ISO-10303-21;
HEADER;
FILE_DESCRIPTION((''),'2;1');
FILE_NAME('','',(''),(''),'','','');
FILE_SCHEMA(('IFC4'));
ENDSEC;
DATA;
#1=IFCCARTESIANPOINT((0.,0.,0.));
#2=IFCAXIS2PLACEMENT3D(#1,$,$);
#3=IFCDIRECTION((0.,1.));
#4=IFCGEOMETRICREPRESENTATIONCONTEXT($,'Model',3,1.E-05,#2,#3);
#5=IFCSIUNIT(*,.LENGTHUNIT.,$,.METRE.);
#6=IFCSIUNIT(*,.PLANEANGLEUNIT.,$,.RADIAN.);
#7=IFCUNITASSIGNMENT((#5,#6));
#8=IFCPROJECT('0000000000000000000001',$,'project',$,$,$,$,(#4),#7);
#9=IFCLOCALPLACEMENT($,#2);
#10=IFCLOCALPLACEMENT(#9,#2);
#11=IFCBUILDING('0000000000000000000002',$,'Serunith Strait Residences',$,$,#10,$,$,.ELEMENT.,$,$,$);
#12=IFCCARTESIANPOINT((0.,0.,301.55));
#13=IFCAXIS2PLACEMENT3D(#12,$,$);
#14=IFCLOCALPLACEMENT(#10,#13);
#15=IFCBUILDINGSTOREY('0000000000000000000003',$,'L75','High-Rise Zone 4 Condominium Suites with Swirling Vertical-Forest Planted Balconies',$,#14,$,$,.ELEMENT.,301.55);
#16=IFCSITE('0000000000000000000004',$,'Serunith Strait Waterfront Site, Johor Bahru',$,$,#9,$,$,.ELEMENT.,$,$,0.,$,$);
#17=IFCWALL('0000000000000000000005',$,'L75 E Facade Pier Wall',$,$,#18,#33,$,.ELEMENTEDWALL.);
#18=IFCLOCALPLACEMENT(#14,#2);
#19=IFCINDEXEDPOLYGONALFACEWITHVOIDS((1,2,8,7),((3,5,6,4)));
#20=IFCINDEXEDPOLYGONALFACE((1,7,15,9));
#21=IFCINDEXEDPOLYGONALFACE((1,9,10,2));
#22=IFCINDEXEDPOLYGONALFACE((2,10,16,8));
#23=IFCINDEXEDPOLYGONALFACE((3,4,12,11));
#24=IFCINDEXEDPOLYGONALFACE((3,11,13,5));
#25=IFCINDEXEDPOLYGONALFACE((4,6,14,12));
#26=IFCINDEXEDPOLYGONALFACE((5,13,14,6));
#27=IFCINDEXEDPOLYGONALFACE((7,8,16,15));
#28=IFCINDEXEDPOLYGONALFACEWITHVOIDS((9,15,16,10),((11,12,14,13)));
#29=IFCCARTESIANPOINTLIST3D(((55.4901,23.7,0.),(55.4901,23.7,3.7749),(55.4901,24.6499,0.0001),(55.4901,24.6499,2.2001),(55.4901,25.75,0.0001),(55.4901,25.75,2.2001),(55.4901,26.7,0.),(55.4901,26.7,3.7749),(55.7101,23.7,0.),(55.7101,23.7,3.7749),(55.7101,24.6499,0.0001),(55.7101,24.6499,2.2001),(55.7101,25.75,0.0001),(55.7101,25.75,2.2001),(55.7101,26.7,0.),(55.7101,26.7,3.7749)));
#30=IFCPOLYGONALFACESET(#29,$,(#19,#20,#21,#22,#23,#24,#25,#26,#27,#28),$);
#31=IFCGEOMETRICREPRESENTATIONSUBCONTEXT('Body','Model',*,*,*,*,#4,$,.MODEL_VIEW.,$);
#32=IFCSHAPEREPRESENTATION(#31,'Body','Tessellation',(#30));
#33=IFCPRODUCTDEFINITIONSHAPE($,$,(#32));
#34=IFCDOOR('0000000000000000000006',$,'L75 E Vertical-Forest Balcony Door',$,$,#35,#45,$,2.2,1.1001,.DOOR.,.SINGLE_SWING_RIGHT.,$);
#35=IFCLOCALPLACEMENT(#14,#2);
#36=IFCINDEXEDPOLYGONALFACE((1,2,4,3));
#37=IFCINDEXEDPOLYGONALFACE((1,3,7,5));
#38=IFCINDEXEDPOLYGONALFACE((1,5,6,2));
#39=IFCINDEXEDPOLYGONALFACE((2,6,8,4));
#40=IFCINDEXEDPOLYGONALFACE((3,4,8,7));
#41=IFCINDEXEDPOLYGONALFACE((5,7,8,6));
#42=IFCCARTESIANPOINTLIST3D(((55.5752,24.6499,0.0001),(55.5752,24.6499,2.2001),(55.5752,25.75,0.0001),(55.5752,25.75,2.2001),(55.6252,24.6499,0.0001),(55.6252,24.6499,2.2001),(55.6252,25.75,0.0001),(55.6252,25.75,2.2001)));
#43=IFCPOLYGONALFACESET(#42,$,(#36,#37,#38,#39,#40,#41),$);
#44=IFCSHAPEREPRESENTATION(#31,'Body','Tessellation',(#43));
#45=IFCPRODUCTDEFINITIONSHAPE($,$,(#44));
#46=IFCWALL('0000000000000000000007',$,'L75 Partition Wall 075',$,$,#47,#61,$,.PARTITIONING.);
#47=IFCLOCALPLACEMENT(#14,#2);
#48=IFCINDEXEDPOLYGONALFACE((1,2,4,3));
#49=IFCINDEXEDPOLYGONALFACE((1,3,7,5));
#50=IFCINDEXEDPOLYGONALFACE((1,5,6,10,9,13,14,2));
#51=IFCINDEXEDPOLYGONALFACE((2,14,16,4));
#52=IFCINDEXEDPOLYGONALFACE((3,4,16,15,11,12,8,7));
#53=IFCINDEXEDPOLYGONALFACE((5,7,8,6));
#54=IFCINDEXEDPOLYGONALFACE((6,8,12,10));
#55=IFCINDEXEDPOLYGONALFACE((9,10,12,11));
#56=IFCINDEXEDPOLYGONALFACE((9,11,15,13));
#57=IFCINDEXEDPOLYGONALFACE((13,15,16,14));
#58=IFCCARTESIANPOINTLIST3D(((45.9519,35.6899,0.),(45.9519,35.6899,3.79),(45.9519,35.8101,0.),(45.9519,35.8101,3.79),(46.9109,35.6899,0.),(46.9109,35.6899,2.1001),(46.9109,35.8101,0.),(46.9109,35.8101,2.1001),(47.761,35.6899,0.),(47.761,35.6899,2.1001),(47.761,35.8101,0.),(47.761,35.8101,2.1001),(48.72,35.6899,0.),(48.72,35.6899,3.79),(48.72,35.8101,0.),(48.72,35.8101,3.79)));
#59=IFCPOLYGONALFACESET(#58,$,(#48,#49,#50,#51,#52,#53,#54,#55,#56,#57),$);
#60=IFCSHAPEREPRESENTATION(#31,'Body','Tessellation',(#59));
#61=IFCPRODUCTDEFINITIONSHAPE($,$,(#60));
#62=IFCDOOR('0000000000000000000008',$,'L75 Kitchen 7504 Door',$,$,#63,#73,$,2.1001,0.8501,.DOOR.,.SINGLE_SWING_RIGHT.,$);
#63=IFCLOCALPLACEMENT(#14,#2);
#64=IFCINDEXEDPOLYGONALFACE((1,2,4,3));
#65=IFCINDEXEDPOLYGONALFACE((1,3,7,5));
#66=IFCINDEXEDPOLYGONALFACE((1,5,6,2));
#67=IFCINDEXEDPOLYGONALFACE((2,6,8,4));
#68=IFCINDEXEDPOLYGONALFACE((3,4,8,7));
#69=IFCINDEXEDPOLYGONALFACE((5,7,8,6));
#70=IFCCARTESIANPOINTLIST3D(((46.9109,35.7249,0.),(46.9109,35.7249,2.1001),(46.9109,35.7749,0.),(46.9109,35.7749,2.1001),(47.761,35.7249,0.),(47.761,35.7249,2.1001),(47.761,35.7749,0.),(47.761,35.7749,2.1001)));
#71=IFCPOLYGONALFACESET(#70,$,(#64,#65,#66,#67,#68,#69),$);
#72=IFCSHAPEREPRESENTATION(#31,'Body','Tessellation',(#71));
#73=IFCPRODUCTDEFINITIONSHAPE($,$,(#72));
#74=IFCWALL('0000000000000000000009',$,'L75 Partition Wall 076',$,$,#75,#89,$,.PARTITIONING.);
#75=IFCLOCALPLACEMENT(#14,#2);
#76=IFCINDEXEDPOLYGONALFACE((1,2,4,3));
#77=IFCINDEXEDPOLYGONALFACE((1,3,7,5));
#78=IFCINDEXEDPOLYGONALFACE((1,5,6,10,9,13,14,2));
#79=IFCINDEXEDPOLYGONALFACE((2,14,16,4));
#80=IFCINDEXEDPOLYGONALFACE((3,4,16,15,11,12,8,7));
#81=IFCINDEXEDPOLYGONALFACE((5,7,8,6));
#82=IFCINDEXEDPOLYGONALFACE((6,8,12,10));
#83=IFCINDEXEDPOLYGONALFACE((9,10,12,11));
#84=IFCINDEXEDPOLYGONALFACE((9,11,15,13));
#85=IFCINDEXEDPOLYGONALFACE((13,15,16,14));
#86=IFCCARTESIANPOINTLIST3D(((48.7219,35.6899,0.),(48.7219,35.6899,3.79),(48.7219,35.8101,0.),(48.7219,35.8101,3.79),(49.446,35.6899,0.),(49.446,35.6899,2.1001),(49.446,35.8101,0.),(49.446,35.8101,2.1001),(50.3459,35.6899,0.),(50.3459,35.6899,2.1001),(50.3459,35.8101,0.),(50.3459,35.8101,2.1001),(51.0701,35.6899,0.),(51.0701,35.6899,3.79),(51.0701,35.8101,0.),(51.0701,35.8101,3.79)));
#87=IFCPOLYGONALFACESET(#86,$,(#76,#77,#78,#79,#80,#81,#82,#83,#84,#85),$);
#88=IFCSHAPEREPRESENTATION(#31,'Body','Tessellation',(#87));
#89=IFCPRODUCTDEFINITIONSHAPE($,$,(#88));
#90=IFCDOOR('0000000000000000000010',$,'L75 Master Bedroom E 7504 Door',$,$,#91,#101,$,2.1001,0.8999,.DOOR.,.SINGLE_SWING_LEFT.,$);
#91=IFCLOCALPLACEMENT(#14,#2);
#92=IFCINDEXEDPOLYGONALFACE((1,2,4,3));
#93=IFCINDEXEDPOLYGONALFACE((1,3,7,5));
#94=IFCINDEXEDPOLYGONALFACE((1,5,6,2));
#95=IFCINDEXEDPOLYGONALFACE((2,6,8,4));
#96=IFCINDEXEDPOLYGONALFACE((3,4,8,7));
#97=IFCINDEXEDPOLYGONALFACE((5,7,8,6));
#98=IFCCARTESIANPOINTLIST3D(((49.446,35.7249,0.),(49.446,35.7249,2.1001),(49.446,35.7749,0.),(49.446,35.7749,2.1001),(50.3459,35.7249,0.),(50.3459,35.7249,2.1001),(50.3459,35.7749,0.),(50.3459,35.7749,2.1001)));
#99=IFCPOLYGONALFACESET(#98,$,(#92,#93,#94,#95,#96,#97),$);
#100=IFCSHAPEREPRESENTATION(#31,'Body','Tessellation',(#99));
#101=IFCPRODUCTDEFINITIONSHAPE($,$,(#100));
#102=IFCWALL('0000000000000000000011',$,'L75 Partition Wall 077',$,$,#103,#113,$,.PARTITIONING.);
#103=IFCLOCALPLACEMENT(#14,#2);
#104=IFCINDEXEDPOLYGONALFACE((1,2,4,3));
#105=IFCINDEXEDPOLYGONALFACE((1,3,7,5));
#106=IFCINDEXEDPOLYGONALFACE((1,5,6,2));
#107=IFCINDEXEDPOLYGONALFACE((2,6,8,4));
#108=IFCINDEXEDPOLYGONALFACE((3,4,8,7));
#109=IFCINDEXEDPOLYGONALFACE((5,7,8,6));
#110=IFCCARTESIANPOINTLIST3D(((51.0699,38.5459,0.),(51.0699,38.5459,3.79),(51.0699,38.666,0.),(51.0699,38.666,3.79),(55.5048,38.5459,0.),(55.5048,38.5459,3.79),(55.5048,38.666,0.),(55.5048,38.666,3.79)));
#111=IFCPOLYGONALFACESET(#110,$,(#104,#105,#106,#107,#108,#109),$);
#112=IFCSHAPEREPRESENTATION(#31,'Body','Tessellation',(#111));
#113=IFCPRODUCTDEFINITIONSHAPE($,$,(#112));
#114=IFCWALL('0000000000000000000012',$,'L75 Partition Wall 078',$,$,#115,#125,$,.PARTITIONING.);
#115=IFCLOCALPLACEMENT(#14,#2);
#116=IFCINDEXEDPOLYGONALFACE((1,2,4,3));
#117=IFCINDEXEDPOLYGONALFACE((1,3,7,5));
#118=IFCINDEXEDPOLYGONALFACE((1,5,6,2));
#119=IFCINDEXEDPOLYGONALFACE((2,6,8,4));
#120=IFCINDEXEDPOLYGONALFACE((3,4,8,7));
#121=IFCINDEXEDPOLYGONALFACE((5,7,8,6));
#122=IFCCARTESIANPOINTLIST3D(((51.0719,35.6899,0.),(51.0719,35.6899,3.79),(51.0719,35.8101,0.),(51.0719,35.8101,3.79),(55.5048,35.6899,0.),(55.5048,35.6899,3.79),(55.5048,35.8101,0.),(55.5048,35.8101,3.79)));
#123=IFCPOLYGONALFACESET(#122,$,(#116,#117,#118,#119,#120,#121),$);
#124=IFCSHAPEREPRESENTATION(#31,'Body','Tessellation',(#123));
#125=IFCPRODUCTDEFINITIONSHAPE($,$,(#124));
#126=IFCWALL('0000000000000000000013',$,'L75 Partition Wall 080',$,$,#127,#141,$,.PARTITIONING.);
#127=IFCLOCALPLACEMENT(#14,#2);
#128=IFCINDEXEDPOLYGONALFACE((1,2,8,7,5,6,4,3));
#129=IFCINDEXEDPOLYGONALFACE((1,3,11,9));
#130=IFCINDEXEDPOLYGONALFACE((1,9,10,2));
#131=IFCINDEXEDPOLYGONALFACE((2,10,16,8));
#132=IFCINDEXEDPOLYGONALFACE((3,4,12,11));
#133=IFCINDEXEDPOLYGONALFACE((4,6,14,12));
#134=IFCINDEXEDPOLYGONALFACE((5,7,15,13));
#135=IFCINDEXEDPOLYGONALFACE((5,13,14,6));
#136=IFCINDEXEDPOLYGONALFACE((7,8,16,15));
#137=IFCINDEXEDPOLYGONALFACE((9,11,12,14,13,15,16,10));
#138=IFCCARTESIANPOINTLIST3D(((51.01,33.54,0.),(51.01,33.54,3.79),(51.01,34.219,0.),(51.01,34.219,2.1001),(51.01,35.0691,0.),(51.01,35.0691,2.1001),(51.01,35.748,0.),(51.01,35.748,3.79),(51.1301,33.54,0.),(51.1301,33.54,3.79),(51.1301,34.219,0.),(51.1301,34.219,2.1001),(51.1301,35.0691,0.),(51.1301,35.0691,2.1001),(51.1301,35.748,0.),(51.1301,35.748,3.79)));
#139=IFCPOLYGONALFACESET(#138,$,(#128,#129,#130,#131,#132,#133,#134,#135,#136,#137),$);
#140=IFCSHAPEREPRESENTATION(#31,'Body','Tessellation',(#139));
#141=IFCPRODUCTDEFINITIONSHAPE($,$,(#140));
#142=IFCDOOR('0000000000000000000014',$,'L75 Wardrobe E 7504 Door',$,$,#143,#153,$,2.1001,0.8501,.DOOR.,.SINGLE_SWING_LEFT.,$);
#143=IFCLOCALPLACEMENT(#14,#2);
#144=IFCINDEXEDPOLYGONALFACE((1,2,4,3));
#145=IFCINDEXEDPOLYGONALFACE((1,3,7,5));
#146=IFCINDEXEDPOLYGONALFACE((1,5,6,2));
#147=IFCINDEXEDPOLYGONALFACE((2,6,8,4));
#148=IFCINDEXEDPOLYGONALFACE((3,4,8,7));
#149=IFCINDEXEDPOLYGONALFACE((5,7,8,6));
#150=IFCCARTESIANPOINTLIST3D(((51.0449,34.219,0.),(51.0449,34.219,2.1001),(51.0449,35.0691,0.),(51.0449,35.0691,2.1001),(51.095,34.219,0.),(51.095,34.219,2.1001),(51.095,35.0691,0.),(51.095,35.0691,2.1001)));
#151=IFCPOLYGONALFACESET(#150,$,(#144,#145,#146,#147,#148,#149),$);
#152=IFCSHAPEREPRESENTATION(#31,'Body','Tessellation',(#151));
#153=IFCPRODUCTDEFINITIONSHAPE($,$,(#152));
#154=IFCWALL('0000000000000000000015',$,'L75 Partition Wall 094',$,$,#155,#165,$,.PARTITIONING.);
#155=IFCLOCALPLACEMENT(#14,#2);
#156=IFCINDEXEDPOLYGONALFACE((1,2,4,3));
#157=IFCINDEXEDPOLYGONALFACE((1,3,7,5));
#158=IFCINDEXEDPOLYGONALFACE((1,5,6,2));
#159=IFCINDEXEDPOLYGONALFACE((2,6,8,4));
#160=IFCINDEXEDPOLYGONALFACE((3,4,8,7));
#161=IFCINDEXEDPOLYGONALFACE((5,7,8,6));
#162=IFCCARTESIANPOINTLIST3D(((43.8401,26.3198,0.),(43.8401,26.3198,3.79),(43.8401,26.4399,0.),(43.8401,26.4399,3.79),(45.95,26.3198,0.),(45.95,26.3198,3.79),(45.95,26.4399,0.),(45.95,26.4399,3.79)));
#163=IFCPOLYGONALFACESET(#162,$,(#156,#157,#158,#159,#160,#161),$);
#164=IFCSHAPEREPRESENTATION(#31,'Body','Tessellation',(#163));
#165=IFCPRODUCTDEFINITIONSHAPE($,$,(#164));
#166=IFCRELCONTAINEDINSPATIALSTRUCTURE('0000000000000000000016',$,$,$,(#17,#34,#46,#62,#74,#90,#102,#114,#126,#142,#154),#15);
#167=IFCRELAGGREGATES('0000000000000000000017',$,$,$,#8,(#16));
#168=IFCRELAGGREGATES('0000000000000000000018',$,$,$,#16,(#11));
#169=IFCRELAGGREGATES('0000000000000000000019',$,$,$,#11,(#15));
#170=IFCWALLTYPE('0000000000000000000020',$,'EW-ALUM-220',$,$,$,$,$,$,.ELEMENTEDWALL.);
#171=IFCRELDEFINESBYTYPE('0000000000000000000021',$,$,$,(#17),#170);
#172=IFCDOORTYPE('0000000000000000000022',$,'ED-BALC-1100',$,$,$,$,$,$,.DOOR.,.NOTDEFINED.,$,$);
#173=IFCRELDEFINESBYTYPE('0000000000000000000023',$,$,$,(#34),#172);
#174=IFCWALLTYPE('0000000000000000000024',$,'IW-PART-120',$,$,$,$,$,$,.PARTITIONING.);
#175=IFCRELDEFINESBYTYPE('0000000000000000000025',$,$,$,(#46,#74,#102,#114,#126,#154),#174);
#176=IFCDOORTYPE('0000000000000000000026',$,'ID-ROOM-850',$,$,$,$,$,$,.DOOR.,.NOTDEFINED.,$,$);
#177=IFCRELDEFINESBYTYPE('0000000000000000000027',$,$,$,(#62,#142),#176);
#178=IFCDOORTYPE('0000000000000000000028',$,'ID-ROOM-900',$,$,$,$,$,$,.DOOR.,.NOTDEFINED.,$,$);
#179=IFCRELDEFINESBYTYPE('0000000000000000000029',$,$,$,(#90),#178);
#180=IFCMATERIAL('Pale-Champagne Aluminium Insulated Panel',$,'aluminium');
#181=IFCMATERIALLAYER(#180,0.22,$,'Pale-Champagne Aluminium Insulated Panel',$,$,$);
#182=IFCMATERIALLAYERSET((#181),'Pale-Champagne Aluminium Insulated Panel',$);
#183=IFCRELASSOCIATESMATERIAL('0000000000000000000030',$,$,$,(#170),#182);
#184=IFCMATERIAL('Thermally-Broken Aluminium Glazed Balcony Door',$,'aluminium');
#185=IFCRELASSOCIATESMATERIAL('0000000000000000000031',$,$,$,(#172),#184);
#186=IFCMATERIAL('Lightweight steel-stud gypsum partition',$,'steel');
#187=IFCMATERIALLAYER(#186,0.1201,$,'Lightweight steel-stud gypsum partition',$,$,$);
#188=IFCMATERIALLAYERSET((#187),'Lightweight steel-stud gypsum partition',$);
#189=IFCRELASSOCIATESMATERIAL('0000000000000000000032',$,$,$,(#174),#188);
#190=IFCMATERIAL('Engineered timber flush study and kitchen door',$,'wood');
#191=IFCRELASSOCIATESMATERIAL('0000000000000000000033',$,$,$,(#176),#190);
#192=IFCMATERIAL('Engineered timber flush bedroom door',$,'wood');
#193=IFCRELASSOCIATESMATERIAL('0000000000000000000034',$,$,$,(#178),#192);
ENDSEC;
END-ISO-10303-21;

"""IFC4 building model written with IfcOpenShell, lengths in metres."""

from ifc_helpers import new_model, si_unit, direction, frame, frame_2d, origin, place, context, subcontext, project, spatial, rectangle, extrude, source, transform, mapped, material, layer, layer_set, type_object, element, fill, save


model = new_model("IFC4")

# Units and contexts
model_context = context("Model", 3, precision=1e-05, world=origin(), true_north=direction((0.0, 1.0)))
body_context = subcontext(model_context, "Body", "Model", "MODEL_VIEW")
ifc_project = project(units=[si_unit("LENGTHUNIT", "METRE"), si_unit("PLANEANGLEUNIT", "RADIAN")], contexts=[model_context])

# Site, building, storey
site_placement = place(None, origin())
site = spatial("IfcSite", under=ifc_project, at=site_placement, Name="Serunith Strait Waterfront Site, Johor Bahru", CompositionType="ELEMENT", RefElevation=0.0)
building_placement = place(site_placement, origin())
building = spatial("IfcBuilding", under=site, at=building_placement, Name="Serunith Strait Residences", CompositionType="ELEMENT")
storey_placement = place(building_placement, frame((0.0, 0.0, 301.55)))
storey = spatial("IfcBuildingStorey", under=building, at=storey_placement, Name="L75", Description="High-Rise Zone 4 Condominium Suites with Swirling Vertical-Forest Planted Balconies", CompositionType="ELEMENT", Elevation=301.55)

# Walls, openings, doors
ifc_material_1 = material(Name="Pale-Champagne Aluminium Insulated Panel", Category="aluminium")
ifc_layer_1 = layer(ifc_material_1, 0.22, Name="Pale-Champagne Aluminium Insulated Panel")
ifc_layer_set_1 = layer_set([ifc_layer_1], Name="Pale-Champagne Aluminium Insulated Panel")
wall_type_1 = type_object("IfcWallType", Name="EW-ALUM-220", PredefinedType="ELEMENTEDWALL", material=ifc_layer_set_1)
wall_1_placement = place(storey_placement, frame((55.6001, 23.7, 0.0), z_axis=(0.0, 0.0, 1.0), x_axis=(0.0, 1.0, 0.0)))
wall_1 = element("IfcWall", 1, at=wall_1_placement, inside=storey, type_object=wall_type_1, Name="L75 E Facade Pier Wall", PredefinedType="ELEMENTEDWALL", context=body_context, shape_type="SweptSolid", body=[
    extrude(rectangle(XDim=3.0, YDim=0.22, at=frame_2d((1.5, 0.0))), origin(), (0.0, 0.0, 1.0), 3.7749),
])
opening_1_placement = place(wall_1_placement, frame((0.95, 0.0, 0.0)))
opening_1 = element("IfcOpeningElement", 2, at=opening_1_placement, cuts=wall_1, PredefinedType="OPENING", context=body_context, shape_type="SweptSolid", body=[
    extrude(rectangle(XDim=1.1001, YDim=2.2, at=frame_2d((0.55, 1.1001))), frame((0.0, 0.1201, 0.0), z_axis=(0.0, -1.0, 0.0), x_axis=(1.0, 0.0, 0.0)), (0.0, 0.0, 1.0), 0.24),
])
ifc_material_2 = material(Name="Thermally-Broken Aluminium Glazed Balcony Door", Category="aluminium")
door_type_1 = type_object("IfcDoorType", Name="ED-BALC-1100", OperationType="NOTDEFINED", PredefinedType="DOOR", material=ifc_material_2)
shared_shape_1 = source(origin(), body_context, "Body", "SweptSolid", [
    extrude(rectangle(XDim=1.1001, YDim=2.2, at=frame_2d((0.55, 1.1001))), frame((0.0, 0.0249, 0.0), z_axis=(0.0, -1.0, 0.0), x_axis=(1.0, 0.0, 0.0)), (0.0, 0.0, 1.0), 0.05),
])
door_1_placement = place(opening_1_placement, origin())
door_1 = element("IfcDoor", 3, at=door_1_placement, inside=storey, type_object=door_type_1, Name="L75 E Vertical-Forest Balcony Door", OperationType="SINGLE_SWING_RIGHT", OverallHeight=2.2, OverallWidth=1.1001, PredefinedType="DOOR", context=body_context, shape_type="MappedRepresentation", body=[
    mapped(shared_shape_1, transform((0.0, 0.0, 0.0), scale=1.0)),
])
fill(opening_1, door_1)
ifc_material_3 = material(Name="Lightweight steel-stud gypsum partition", Category="steel")
ifc_layer_2 = layer(ifc_material_3, 0.1201, Name="Lightweight steel-stud gypsum partition")
ifc_layer_set_2 = layer_set([ifc_layer_2], Name="Lightweight steel-stud gypsum partition")
wall_type_2 = type_object("IfcWallType", Name="IW-PART-120", PredefinedType="PARTITIONING", material=ifc_layer_set_2)
wall_2_placement = place(storey_placement, frame((45.9519, 35.75, 0.0), z_axis=(0.0, 0.0, 1.0), x_axis=(1.0, 0.0, 0.0)))
wall_2 = element("IfcWall", 4, at=wall_2_placement, inside=storey, type_object=wall_type_2, Name="L75 Partition Wall 075", PredefinedType="PARTITIONING", context=body_context, shape_type="SweptSolid", body=[
    extrude(rectangle(XDim=2.7681, YDim=0.1201, at=frame_2d((1.384, 0.0))), origin(), (0.0, 0.0, 1.0), 3.79),
])
opening_2_placement = place(wall_2_placement, frame((0.959, 0.0, 0.0)))
opening_2 = element("IfcOpeningElement", 5, at=opening_2_placement, cuts=wall_2, PredefinedType="OPENING", context=body_context, shape_type="SweptSolid", body=[
    extrude(rectangle(XDim=0.8501, YDim=2.1001, at=frame_2d((0.425, 1.05))), frame((0.0, 0.0701, 0.0), z_axis=(0.0, -1.0, 0.0), x_axis=(1.0, 0.0, 0.0)), (0.0, 0.0, 1.0), 0.1401),
])
ifc_material_4 = material(Name="Engineered timber flush study and kitchen door", Category="wood")
door_type_2 = type_object("IfcDoorType", Name="ID-ROOM-850", OperationType="NOTDEFINED", PredefinedType="DOOR", material=ifc_material_4)
shared_shape_2 = source(origin(), body_context, "Body", "SweptSolid", [
    extrude(rectangle(XDim=0.8501, YDim=2.1001, at=frame_2d((0.425, 1.05))), frame((0.0, 0.0249, 0.0), z_axis=(0.0, -1.0, 0.0), x_axis=(1.0, 0.0, 0.0)), (0.0, 0.0, 1.0), 0.05),
])
door_2_placement = place(opening_2_placement, origin())
door_2 = element("IfcDoor", 6, at=door_2_placement, inside=storey, type_object=door_type_2, Name="L75 Kitchen 7504 Door", OperationType="SINGLE_SWING_RIGHT", OverallHeight=2.1001, OverallWidth=0.8501, PredefinedType="DOOR", context=body_context, shape_type="MappedRepresentation", body=[
    mapped(shared_shape_2, transform((0.0, 0.0, 0.0), scale=1.0)),
])
fill(opening_2, door_2)
wall_3_placement = place(storey_placement, frame((48.7219, 35.75, 0.0), z_axis=(0.0, 0.0, 1.0), x_axis=(1.0, 0.0, 0.0)))
wall_3 = element("IfcWall", 7, at=wall_3_placement, inside=storey, type_object=wall_type_2, Name="L75 Partition Wall 076", PredefinedType="PARTITIONING", context=body_context, shape_type="SweptSolid", body=[
    extrude(rectangle(XDim=2.3481, YDim=0.1201, at=frame_2d((1.1741, 0.0))), origin(), (0.0, 0.0, 1.0), 3.79),
])
opening_3_placement = place(wall_3_placement, frame((0.7241, 0.0, 0.0)))
opening_3 = element("IfcOpeningElement", 8, at=opening_3_placement, cuts=wall_3, PredefinedType="OPENING", context=body_context, shape_type="SweptSolid", body=[
    extrude(rectangle(XDim=0.8999, YDim=2.1001, at=frame_2d((0.45, 1.05))), frame((0.0, 0.0701, 0.0), z_axis=(0.0, -1.0, 0.0), x_axis=(1.0, 0.0, 0.0)), (0.0, 0.0, 1.0), 0.1401),
])
ifc_material_5 = material(Name="Engineered timber flush bedroom door", Category="wood")
door_type_3 = type_object("IfcDoorType", Name="ID-ROOM-900", OperationType="NOTDEFINED", PredefinedType="DOOR", material=ifc_material_5)
shared_shape_3 = source(origin(), body_context, "Body", "SweptSolid", [
    extrude(rectangle(XDim=0.8999, YDim=2.1001, at=frame_2d((0.45, 1.05))), frame((0.0, 0.0249, 0.0), z_axis=(0.0, -1.0, 0.0), x_axis=(1.0, 0.0, 0.0)), (0.0, 0.0, 1.0), 0.05),
])
door_3_placement = place(opening_3_placement, origin())
door_3 = element("IfcDoor", 9, at=door_3_placement, inside=storey, type_object=door_type_3, Name="L75 Master Bedroom E 7504 Door", OperationType="SINGLE_SWING_LEFT", OverallHeight=2.1001, OverallWidth=0.8999, PredefinedType="DOOR", context=body_context, shape_type="MappedRepresentation", body=[
    mapped(shared_shape_3, transform((0.0, 0.0, 0.0), scale=1.0)),
])
fill(opening_3, door_3)

# Walls
wall_4_placement = place(storey_placement, frame((51.0701, 38.606, 0.0), z_axis=(0.0, 0.0, 1.0), x_axis=(1.0, 0.0, 0.0)))
element("IfcWall", 10, at=wall_4_placement, inside=storey, type_object=wall_type_2, Name="L75 Partition Wall 077", PredefinedType="PARTITIONING", context=body_context, shape_type="SweptSolid", body=[
    extrude(rectangle(XDim=4.4348, YDim=0.1201, at=frame_2d((2.2173, 0.0))), origin(), (0.0, 0.0, 1.0), 3.79),
])
wall_5_placement = place(storey_placement, frame((51.072, 35.75, 0.0), z_axis=(0.0, 0.0, 1.0), x_axis=(1.0, 0.0, 0.0)))
element("IfcWall", 11, at=wall_5_placement, inside=storey, type_object=wall_type_2, Name="L75 Partition Wall 078", PredefinedType="PARTITIONING", context=body_context, shape_type="SweptSolid", body=[
    extrude(rectangle(XDim=4.4329, YDim=0.1201, at=frame_2d((2.2163, 0.0))), origin(), (0.0, 0.0, 1.0), 3.79),
])

# Wall, opening, door
wall_6_placement = place(storey_placement, frame((51.0701, 35.748, 0.0), z_axis=(0.0, 0.0, 1.0), x_axis=(0.0, -1.0, 0.0)))
wall_6 = element("IfcWall", 12, at=wall_6_placement, inside=storey, type_object=wall_type_2, Name="L75 Partition Wall 080", PredefinedType="PARTITIONING", context=body_context, shape_type="SweptSolid", body=[
    extrude(rectangle(XDim=2.208, YDim=0.1201, at=frame_2d((1.104, 0.0))), origin(), (0.0, 0.0, 1.0), 3.79),
])
opening_4_placement = place(wall_6_placement, frame((0.679, 0.0, 0.0)))
opening_4 = element("IfcOpeningElement", 13, at=opening_4_placement, cuts=wall_6, PredefinedType="OPENING", context=body_context, shape_type="SweptSolid", body=[
    extrude(rectangle(XDim=0.8501, YDim=2.1001, at=frame_2d((0.425, 1.05))), frame((0.0, 0.0701, 0.0), z_axis=(0.0, -1.0, 0.0), x_axis=(1.0, 0.0, 0.0)), (0.0, 0.0, 1.0), 0.1401),
])
door_4_placement = place(opening_4_placement, origin())
door_4 = element("IfcDoor", 14, at=door_4_placement, inside=storey, type_object=door_type_2, Name="L75 Wardrobe E 7504 Door", OperationType="SINGLE_SWING_LEFT", OverallHeight=2.1001, OverallWidth=0.8501, PredefinedType="DOOR", context=body_context, shape_type="MappedRepresentation", body=[
    mapped(shared_shape_2, transform((0.0, 0.0, 0.0), scale=1.0)),
])
fill(opening_4, door_4)

# Wall
wall_7_placement = place(storey_placement, frame((45.95, 26.3799, 0.0), z_axis=(0.0, 0.0, 1.0), x_axis=(-1.0, 0.0, 0.0)))
element("IfcWall", 15, at=wall_7_placement, inside=storey, type_object=wall_type_2, Name="L75 Partition Wall 094", PredefinedType="PARTITIONING", context=body_context, shape_type="SweptSolid", body=[
    extrude(rectangle(XDim=2.1099, YDim=0.1201, at=frame_2d((1.0549, 0.0))), origin(), (0.0, 0.0, 1.0), 3.79),
])

save(model, "model.ifc")
